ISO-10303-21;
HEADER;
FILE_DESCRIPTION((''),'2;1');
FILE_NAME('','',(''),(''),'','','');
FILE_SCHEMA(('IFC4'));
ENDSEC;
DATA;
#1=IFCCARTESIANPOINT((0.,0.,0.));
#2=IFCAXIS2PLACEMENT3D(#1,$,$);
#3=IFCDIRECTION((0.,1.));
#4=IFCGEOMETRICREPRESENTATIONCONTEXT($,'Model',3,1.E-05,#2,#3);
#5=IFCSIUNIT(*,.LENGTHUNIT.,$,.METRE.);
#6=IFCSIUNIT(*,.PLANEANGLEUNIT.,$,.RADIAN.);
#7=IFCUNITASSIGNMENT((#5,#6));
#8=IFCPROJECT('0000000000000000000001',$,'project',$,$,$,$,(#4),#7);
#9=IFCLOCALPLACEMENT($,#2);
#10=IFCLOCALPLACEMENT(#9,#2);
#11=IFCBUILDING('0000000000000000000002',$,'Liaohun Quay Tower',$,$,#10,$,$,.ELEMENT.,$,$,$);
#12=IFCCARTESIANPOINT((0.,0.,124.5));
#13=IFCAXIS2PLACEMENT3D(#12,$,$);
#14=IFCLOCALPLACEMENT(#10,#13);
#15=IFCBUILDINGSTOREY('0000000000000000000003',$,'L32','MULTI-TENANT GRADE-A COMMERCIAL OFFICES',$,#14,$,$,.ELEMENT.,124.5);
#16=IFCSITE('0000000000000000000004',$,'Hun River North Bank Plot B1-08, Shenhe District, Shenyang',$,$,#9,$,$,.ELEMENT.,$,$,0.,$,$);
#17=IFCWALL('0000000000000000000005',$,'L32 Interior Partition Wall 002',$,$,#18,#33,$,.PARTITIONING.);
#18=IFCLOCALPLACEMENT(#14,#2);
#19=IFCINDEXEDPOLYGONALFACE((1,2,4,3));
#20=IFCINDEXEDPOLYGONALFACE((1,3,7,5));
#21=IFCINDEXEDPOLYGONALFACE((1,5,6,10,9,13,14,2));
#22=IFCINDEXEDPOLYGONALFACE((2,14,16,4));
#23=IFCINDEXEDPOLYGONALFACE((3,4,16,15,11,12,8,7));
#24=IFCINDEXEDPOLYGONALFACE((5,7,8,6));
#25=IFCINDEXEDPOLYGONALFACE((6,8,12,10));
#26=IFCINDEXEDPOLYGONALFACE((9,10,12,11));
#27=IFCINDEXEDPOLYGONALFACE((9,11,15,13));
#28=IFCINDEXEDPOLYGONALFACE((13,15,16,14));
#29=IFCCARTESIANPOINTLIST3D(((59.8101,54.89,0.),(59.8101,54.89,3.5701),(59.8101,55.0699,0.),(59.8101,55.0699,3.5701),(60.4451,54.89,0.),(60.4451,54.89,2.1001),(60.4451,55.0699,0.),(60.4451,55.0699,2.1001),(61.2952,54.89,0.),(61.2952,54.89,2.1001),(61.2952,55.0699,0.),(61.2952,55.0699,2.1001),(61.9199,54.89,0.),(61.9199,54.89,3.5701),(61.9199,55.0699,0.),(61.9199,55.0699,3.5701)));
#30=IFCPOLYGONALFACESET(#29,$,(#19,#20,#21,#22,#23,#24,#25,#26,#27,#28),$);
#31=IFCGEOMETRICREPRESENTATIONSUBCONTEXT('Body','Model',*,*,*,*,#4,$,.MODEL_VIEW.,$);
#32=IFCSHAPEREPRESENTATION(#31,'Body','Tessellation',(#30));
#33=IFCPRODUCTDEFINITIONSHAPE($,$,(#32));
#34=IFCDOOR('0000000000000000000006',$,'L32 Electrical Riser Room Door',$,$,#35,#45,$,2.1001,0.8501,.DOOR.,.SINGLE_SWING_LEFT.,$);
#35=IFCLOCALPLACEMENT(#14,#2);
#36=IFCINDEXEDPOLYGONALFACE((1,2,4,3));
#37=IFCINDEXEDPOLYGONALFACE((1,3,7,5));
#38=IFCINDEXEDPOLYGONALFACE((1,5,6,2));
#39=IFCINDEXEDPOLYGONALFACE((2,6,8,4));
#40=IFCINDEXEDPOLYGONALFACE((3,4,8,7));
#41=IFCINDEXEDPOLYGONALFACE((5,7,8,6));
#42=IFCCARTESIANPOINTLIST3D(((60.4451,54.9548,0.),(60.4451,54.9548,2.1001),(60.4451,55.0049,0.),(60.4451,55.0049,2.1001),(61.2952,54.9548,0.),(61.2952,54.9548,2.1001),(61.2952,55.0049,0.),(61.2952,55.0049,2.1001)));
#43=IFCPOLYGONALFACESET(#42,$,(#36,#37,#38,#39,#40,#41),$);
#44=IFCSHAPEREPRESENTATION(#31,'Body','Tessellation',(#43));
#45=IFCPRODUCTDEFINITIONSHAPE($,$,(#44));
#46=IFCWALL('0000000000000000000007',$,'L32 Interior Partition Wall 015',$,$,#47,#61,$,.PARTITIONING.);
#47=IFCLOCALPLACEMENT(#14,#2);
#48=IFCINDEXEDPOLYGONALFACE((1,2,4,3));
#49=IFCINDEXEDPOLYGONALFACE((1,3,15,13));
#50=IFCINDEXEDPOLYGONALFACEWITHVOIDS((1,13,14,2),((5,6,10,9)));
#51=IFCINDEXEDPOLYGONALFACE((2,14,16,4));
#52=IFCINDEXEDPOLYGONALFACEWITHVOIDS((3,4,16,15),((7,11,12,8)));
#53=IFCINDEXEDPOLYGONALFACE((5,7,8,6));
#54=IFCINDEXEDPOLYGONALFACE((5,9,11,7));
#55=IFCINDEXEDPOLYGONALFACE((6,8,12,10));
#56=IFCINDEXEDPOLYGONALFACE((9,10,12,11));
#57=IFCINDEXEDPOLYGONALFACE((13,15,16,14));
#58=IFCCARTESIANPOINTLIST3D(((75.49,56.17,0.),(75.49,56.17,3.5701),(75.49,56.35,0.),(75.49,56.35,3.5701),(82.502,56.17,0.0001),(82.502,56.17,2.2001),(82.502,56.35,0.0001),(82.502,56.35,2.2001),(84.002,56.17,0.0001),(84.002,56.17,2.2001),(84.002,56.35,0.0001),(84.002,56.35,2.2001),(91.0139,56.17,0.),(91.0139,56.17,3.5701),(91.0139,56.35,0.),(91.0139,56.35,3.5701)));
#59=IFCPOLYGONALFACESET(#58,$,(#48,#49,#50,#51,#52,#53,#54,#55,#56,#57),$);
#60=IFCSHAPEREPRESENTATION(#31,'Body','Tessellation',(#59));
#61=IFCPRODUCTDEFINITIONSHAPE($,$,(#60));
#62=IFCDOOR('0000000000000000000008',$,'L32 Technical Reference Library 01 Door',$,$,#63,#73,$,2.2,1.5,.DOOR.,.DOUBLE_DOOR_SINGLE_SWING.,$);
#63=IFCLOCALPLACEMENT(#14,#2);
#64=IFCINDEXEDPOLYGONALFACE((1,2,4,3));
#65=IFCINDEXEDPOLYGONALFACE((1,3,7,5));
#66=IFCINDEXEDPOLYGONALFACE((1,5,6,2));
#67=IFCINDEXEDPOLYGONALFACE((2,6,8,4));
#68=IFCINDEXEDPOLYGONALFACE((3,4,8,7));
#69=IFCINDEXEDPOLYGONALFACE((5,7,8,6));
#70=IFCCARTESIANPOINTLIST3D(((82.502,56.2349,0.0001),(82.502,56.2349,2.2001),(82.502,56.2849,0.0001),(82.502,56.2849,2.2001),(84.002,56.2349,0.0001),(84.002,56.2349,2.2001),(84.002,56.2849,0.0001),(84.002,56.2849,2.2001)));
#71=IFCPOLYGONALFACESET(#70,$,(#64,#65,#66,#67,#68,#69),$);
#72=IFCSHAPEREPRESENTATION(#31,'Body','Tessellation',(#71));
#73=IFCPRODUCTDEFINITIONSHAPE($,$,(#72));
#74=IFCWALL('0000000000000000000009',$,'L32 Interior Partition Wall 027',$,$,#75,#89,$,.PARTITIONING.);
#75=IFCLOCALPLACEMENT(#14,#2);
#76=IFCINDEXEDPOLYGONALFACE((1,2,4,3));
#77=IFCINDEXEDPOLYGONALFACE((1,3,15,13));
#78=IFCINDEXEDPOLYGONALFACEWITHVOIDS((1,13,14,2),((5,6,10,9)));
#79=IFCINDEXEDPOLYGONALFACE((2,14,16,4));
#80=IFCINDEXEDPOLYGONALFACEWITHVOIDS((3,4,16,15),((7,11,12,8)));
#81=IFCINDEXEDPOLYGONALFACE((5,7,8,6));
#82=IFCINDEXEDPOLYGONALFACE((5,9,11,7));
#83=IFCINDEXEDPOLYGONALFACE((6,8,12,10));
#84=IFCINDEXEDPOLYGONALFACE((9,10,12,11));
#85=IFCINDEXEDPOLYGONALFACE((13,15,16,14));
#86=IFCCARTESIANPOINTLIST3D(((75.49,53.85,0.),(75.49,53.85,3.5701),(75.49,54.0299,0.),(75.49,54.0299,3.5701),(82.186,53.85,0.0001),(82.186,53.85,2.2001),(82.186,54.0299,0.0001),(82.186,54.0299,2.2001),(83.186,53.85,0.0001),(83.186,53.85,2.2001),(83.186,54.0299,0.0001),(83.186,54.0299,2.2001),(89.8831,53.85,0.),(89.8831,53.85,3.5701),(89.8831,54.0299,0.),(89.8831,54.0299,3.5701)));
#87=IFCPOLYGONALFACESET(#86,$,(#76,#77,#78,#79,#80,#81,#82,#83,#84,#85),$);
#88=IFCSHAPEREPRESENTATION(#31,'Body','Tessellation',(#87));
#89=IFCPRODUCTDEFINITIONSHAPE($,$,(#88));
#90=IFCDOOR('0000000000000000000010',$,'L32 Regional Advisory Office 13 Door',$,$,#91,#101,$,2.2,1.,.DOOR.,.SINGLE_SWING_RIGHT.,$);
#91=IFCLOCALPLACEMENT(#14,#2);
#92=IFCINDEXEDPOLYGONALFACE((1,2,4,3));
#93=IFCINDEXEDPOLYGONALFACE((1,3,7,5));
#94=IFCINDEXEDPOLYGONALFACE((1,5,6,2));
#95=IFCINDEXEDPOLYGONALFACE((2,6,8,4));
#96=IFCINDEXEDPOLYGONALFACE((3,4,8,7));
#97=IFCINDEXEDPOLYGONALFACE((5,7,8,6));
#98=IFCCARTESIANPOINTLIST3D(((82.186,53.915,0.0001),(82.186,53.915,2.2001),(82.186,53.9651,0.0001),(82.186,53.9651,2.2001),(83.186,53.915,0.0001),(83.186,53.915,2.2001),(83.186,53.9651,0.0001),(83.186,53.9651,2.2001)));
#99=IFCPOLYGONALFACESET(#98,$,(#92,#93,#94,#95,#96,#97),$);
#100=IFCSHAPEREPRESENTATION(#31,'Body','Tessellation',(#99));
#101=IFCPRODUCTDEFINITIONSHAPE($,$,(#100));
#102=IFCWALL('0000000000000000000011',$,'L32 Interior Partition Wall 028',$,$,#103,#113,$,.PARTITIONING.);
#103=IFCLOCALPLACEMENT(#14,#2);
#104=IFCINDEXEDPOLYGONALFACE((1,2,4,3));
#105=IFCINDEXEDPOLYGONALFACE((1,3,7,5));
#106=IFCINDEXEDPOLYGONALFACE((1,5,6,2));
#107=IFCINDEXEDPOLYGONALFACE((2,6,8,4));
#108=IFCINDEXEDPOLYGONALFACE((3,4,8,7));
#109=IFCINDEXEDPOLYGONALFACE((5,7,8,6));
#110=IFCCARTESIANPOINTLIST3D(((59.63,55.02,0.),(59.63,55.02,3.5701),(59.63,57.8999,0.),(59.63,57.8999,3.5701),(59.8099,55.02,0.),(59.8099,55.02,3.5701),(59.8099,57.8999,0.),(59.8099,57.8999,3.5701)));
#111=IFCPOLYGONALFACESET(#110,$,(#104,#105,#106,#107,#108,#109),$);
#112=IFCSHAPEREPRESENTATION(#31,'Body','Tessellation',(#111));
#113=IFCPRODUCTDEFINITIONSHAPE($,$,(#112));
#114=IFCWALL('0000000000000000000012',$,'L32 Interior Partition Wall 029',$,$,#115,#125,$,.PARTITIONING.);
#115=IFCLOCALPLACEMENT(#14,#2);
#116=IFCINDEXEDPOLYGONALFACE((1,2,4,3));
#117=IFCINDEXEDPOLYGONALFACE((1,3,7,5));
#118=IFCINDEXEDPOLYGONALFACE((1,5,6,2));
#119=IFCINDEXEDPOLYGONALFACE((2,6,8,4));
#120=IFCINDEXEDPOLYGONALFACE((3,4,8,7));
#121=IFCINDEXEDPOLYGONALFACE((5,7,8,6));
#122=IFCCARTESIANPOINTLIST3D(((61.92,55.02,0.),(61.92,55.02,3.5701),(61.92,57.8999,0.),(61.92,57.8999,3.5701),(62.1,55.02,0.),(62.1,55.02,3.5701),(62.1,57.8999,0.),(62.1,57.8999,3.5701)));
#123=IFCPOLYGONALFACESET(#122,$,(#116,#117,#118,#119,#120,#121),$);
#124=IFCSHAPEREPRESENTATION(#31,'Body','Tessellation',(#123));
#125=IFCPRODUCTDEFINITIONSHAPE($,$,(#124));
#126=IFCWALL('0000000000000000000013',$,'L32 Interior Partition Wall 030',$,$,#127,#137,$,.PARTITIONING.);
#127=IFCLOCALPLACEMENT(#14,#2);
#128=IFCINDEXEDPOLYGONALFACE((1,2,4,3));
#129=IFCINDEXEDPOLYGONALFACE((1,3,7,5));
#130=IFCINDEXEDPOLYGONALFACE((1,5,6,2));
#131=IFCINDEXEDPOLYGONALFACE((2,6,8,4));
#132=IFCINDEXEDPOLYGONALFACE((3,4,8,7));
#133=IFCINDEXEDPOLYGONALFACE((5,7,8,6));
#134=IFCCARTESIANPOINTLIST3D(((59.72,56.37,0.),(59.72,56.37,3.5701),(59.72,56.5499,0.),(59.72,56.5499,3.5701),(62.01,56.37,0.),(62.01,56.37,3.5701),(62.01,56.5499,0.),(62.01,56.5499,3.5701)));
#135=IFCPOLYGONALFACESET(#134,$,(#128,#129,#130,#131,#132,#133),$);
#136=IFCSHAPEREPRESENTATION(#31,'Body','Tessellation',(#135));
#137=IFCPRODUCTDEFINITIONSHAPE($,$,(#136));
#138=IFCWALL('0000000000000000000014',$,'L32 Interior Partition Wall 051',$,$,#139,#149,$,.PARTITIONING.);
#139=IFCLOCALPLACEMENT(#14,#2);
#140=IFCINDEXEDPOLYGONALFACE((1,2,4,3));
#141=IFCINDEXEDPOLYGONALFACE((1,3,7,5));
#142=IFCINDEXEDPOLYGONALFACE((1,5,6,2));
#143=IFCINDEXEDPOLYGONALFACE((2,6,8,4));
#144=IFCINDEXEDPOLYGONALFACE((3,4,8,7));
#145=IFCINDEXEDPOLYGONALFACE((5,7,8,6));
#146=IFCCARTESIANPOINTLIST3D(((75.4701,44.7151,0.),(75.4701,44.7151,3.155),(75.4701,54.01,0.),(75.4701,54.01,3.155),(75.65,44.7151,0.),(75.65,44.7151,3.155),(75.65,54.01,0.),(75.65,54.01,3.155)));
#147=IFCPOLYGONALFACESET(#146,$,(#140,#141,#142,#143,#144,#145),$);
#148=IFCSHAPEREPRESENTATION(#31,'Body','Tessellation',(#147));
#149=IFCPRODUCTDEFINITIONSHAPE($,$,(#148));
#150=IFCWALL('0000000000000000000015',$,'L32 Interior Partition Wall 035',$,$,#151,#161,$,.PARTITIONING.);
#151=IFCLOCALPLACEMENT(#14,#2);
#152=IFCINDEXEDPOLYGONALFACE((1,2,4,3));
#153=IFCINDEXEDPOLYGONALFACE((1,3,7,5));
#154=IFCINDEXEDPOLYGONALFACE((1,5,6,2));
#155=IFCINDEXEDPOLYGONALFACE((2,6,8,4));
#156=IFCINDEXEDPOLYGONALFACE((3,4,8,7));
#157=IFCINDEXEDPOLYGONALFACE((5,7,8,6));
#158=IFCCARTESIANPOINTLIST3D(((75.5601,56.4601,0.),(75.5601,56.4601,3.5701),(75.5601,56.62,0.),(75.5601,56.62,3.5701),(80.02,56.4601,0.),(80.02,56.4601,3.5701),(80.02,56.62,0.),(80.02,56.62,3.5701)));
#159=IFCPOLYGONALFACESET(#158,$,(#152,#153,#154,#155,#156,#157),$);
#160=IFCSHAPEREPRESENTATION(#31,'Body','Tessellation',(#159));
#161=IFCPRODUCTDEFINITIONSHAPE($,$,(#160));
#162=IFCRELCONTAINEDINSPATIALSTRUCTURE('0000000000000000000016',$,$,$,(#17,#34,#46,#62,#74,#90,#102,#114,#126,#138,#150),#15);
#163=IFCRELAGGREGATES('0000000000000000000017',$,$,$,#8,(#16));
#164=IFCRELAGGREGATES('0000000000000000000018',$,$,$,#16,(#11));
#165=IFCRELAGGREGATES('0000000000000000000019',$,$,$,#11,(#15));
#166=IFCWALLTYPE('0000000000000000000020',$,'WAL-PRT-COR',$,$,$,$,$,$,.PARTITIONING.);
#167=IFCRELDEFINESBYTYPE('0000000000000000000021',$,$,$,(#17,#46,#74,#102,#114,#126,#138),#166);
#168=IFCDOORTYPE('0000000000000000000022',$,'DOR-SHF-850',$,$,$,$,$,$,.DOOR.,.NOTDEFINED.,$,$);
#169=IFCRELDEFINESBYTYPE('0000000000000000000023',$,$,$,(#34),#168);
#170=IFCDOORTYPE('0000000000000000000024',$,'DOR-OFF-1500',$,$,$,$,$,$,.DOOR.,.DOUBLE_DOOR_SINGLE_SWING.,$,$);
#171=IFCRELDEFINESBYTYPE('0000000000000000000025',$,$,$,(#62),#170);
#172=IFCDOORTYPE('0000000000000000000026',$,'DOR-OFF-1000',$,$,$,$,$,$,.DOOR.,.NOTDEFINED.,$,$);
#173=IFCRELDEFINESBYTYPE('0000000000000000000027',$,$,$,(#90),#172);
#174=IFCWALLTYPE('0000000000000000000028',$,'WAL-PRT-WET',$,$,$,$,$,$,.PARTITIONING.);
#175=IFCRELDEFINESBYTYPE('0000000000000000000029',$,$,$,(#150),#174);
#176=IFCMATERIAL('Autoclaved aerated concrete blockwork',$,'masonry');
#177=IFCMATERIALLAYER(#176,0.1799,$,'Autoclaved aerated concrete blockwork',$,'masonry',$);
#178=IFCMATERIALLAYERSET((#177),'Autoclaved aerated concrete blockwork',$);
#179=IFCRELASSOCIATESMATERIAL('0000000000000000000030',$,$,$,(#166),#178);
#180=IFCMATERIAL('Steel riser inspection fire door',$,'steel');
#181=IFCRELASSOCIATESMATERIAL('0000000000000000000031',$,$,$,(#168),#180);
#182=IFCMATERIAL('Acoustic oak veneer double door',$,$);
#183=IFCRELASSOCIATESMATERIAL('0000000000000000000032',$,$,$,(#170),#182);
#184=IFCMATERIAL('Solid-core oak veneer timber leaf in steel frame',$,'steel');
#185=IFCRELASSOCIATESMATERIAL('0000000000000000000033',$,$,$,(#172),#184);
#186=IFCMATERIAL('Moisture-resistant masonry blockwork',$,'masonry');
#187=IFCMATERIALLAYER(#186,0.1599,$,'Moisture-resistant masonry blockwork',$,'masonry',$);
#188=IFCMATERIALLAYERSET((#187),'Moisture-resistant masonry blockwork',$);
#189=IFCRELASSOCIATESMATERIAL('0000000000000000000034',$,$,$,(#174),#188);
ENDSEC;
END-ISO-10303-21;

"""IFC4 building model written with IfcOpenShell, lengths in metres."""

from ifc_helpers import new_model, si_unit, direction, frame, frame_2d, origin, place, context, subcontext, project, spatial, rectangle, extrude, source, transform, mapped, material, layer, layer_set, type_object, element, fill, save


model = new_model("IFC4")

# Units and contexts
model_context = context("Model", 3, precision=1e-05, world=origin(), true_north=direction((0.0, 1.0)))
body_context = subcontext(model_context, "Body", "Model", "MODEL_VIEW")
ifc_project = project(units=[si_unit("LENGTHUNIT", "METRE"), si_unit("PLANEANGLEUNIT", "RADIAN")], contexts=[model_context])

# Site, building, storey
site_placement = place(None, origin())
site = spatial("IfcSite", under=ifc_project, at=site_placement, Name="Hun River North Bank Plot B1-08, Shenhe District, Shenyang", CompositionType="ELEMENT", RefElevation=0.0)
building_placement = place(site_placement, origin())
building = spatial("IfcBuilding", under=site, at=building_placement, Name="Liaohun Quay Tower", CompositionType="ELEMENT")
storey_placement = place(building_placement, frame((0.0, 0.0, 124.5)))
storey = spatial("IfcBuildingStorey", under=building, at=storey_placement, Name="L32", Description="MULTI-TENANT GRADE-A COMMERCIAL OFFICES", CompositionType="ELEMENT", Elevation=124.5)

# Walls, openings, doors
ifc_material_1 = material(Name="Autoclaved aerated concrete blockwork", Category="masonry")
ifc_layer_1 = layer(ifc_material_1, 0.1799, Name="Autoclaved aerated concrete blockwork", Category="masonry")
ifc_layer_set_1 = layer_set([ifc_layer_1], Name="Autoclaved aerated concrete blockwork")
wall_type_1 = type_object("IfcWallType", Name="WAL-PRT-COR", PredefinedType="PARTITIONING", material=ifc_layer_set_1)
wall_1_placement = place(storey_placement, frame((59.8101, 54.98, 0.0), z_axis=(0.0, 0.0, 1.0), x_axis=(1.0, 0.0, 0.0)))
wall_1 = element("IfcWall", 1, at=wall_1_placement, inside=storey, type_object=wall_type_1, Name="L32 Interior Partition Wall 002", PredefinedType="PARTITIONING", context=body_context, shape_type="SweptSolid", body=[
    extrude(rectangle(XDim=2.1099, YDim=0.1799, at=frame_2d((1.0549, 0.0))), origin(), (0.0, 0.0, 1.0), 3.5701),
])
shared_shape_1 = source(origin(), body_context, "Body", "SweptSolid", [
    extrude(rectangle(XDim=0.8501, YDim=2.1001, at=frame_2d((0.425, 1.05))), frame((0.0, 0.0999, 0.0), z_axis=(0.0, -1.0, 0.0), x_axis=(1.0, 0.0, 0.0)), (0.0, 0.0, 1.0), 0.2),
])
opening_1_placement = place(wall_1_placement, frame((0.635, 0.0, 0.0)))
opening_1 = element("IfcOpeningElement", 2, at=opening_1_placement, cuts=wall_1, PredefinedType="OPENING", context=body_context, shape_type="MappedRepresentation", body=[
    mapped(shared_shape_1, transform((0.0, 0.0, 0.0), x_axis=(1.0, 0.0, 0.0), y_axis=(0.0, 1.0, 0.0), z_axis=(0.0, 0.0, 1.0), scale=1.0)),
])
ifc_material_2 = material(Name="Steel riser inspection fire door", Category="steel")
door_type_1 = type_object("IfcDoorType", Name="DOR-SHF-850", OperationType="NOTDEFINED", PredefinedType="DOOR", material=ifc_material_2)
shared_shape_2 = source(origin(), body_context, "Body", "SweptSolid", [
    extrude(rectangle(XDim=0.8501, YDim=2.1001, at=frame_2d((0.425, 1.05))), frame((0.0, 0.0249, 0.0), z_axis=(0.0, -1.0, 0.0), x_axis=(1.0, 0.0, 0.0)), (0.0, 0.0, 1.0), 0.05),
])
door_1_placement = place(opening_1_placement, origin())
door_1 = element("IfcDoor", 3, at=door_1_placement, inside=storey, type_object=door_type_1, Name="L32 Electrical Riser Room Door", OperationType="SINGLE_SWING_LEFT", OverallHeight=2.1001, OverallWidth=0.8501, PredefinedType="DOOR", context=body_context, shape_type="MappedRepresentation", body=[
    mapped(shared_shape_2, transform((0.0, 0.0, 0.0), x_axis=(1.0, 0.0, 0.0), y_axis=(0.0, 1.0, 0.0), z_axis=(0.0, 0.0, 1.0), scale=1.0)),
])
fill(opening_1, door_1)
wall_2_placement = place(storey_placement, frame((75.49, 56.26, 0.0), z_axis=(0.0, 0.0, 1.0), x_axis=(1.0, 0.0, 0.0)))
wall_2 = element("IfcWall", 4, at=wall_2_placement, inside=storey, type_object=wall_type_1, Name="L32 Interior Partition Wall 015", PredefinedType="PARTITIONING", context=body_context, shape_type="SweptSolid", body=[
    extrude(rectangle(XDim=15.5239, YDim=0.1799, at=frame_2d((7.762, 0.0))), origin(), (0.0, 0.0, 1.0), 3.5701),
])
shared_shape_3 = source(origin(), body_context, "Body", "SweptSolid", [
    extrude(rectangle(XDim=1.5, YDim=2.2, at=frame_2d((0.75, 1.1001))), frame((0.0, 0.0999, 0.0), z_axis=(0.0, -1.0, 0.0), x_axis=(1.0, 0.0, 0.0)), (0.0, 0.0, 1.0), 0.2),
])
opening_2_placement = place(wall_2_placement, frame((7.012, 0.0, 0.0)))
opening_2 = element("IfcOpeningElement", 5, at=opening_2_placement, cuts=wall_2, PredefinedType="OPENING", context=body_context, shape_type="MappedRepresentation", body=[
    mapped(shared_shape_3, transform((0.0, 0.0, 0.0), x_axis=(1.0, 0.0, 0.0), y_axis=(0.0, 1.0, 0.0), z_axis=(0.0, 0.0, 1.0), scale=1.0)),
])
ifc_material_3 = material(Name="Acoustic oak veneer double door")
door_type_2 = type_object("IfcDoorType", Name="DOR-OFF-1500", OperationType="DOUBLE_DOOR_SINGLE_SWING", PredefinedType="DOOR", material=ifc_material_3)
shared_shape_4 = source(origin(), body_context, "Body", "SweptSolid", [
    extrude(rectangle(XDim=1.5, YDim=2.2, at=frame_2d((0.75, 1.1001))), frame((0.0, 0.0249, 0.0), z_axis=(0.0, -1.0, 0.0), x_axis=(1.0, 0.0, 0.0)), (0.0, 0.0, 1.0), 0.05),
])
door_2_placement = place(opening_2_placement, origin())
door_2 = element("IfcDoor", 6, at=door_2_placement, inside=storey, type_object=door_type_2, Name="L32 Technical Reference Library 01 Door", OperationType="DOUBLE_DOOR_SINGLE_SWING", OverallHeight=2.2, OverallWidth=1.5, PredefinedType="DOOR", context=body_context, shape_type="MappedRepresentation", body=[
    mapped(shared_shape_4, transform((0.0, 0.0, 0.0), x_axis=(1.0, 0.0, 0.0), y_axis=(0.0, 1.0, 0.0), z_axis=(0.0, 0.0, 1.0), scale=1.0)),
])
fill(opening_2, door_2)
wall_3_placement = place(storey_placement, frame((89.8831, 53.9399, 0.0), z_axis=(0.0, 0.0, 1.0), x_axis=(-1.0, 0.0, 0.0)))
wall_3 = element("IfcWall", 7, at=wall_3_placement, inside=storey, type_object=wall_type_1, Name="L32 Interior Partition Wall 027", PredefinedType="PARTITIONING", context=body_context, shape_type="SweptSolid", body=[
    extrude(rectangle(XDim=14.3931, YDim=0.1799, at=frame_2d((7.1965, 0.0))), origin(), (0.0, 0.0, 1.0), 3.5701),
])
shared_shape_5 = source(origin(), body_context, "Body", "SweptSolid", [
    extrude(rectangle(XDim=1.0, YDim=2.2, at=frame_2d((0.5, 1.1001))), frame((0.0, 0.0999, 0.0), z_axis=(0.0, -1.0, 0.0), x_axis=(1.0, 0.0, 0.0)), (0.0, 0.0, 1.0), 0.2),
])
opening_3_placement = place(wall_3_placement, frame((6.697, 0.0, 0.0)))
opening_3 = element("IfcOpeningElement", 8, at=opening_3_placement, cuts=wall_3, PredefinedType="OPENING", context=body_context, shape_type="MappedRepresentation", body=[
    mapped(shared_shape_5, transform((0.0, 0.0, 0.0), x_axis=(1.0, 0.0, 0.0), y_axis=(0.0, 1.0, 0.0), z_axis=(0.0, 0.0, 1.0), scale=1.0)),
])
ifc_material_4 = material(Name="Solid-core oak veneer timber leaf in steel frame", Category="steel")
door_type_3 = type_object("IfcDoorType", Name="DOR-OFF-1000", OperationType="NOTDEFINED", PredefinedType="DOOR", material=ifc_material_4)
shared_shape_6 = source(origin(), body_context, "Body", "SweptSolid", [
    extrude(rectangle(XDim=1.0, YDim=2.2, at=frame_2d((0.5, 1.1001))), frame((0.0, 0.0249, 0.0), z_axis=(0.0, -1.0, 0.0), x_axis=(1.0, 0.0, 0.0)), (0.0, 0.0, 1.0), 0.05),
])
door_3_placement = place(opening_3_placement, origin())
door_3 = element("IfcDoor", 9, at=door_3_placement, inside=storey, type_object=door_type_3, Name="L32 Regional Advisory Office 13 Door", OperationType="SINGLE_SWING_RIGHT", OverallHeight=2.2, OverallWidth=1.0, PredefinedType="DOOR", context=body_context, shape_type="MappedRepresentation", body=[
    mapped(shared_shape_6, transform((0.0, 0.0, 0.0), x_axis=(1.0, 0.0, 0.0), y_axis=(0.0, 1.0, 0.0), z_axis=(0.0, 0.0, 1.0), scale=1.0)),
])
fill(opening_3, door_3)

# Walls
for number, where, z_axis, x_axis, name in (
    (10, (59.72, 55.02, 0.0), (0.0, 0.0, 1.0), (0.0, 1.0, 0.0), "L32 Interior Partition Wall 028"),
    (11, (62.01, 55.02, 0.0), (0.0, 0.0, 1.0), (0.0, 1.0, 0.0), "L32 Interior Partition Wall 029"),
):
    element("IfcWall", number, at=place(storey_placement, frame(where, z_axis=z_axis, x_axis=x_axis)), inside=storey, type_object=wall_type_1, Name=name, PredefinedType="PARTITIONING", context=body_context, shape_type="SweptSolid", body=[
        extrude(rectangle(XDim=2.8799, YDim=0.1799, at=frame_2d((1.4399, 0.0))), origin(), (0.0, 0.0, 1.0), 3.5701),
    ])
wall_4_placement = place(storey_placement, frame((59.72, 56.46, 0.0), z_axis=(0.0, 0.0, 1.0), x_axis=(1.0, 0.0, 0.0)))
element("IfcWall", 12, at=wall_4_placement, inside=storey, type_object=wall_type_1, Name="L32 Interior Partition Wall 030", PredefinedType="PARTITIONING", context=body_context, shape_type="SweptSolid", body=[
    extrude(rectangle(XDim=2.29, YDim=0.1799, at=frame_2d((1.145, 0.0))), origin(), (0.0, 0.0, 1.0), 3.5701),
])
wall_5_placement = place(storey_placement, frame((75.5601, 54.01, 0.0), z_axis=(0.0, 0.0, 1.0), x_axis=(0.0, -1.0, 0.0)))
element("IfcWall", 13, at=wall_5_placement, inside=storey, type_object=wall_type_1, Name="L32 Interior Partition Wall 051", PredefinedType="PARTITIONING", context=body_context, shape_type="SweptSolid", body=[
    extrude(rectangle(XDim=9.2949, YDim=0.1799, at=frame_2d((4.6475, 0.0))), origin(), (0.0, 0.0, 1.0), 3.155),
])

# Shared definitions
ifc_material_5 = material(Name="Moisture-resistant masonry blockwork", Category="masonry")
ifc_layer_2 = layer(ifc_material_5, 0.1599, Name="Moisture-resistant masonry blockwork", Category="masonry")
ifc_layer_set_2 = layer_set([ifc_layer_2], Name="Moisture-resistant masonry blockwork")
wall_type_2 = type_object("IfcWallType", Name="WAL-PRT-WET", PredefinedType="PARTITIONING", material=ifc_layer_set_2)

# Wall
wall_6_placement = place(storey_placement, frame((75.5601, 56.54, 0.0), z_axis=(0.0, 0.0, 1.0), x_axis=(1.0, 0.0, 0.0)))
element("IfcWall", 14, at=wall_6_placement, inside=storey, type_object=wall_type_2, Name="L32 Interior Partition Wall 035", PredefinedType="PARTITIONING", context=body_context, shape_type="SweptSolid", body=[
    extrude(rectangle(XDim=4.46, YDim=0.1599, at=frame_2d((2.23, 0.0))), origin(), (0.0, 0.0, 1.0), 3.5701),
])

save(model, "model.ifc")
